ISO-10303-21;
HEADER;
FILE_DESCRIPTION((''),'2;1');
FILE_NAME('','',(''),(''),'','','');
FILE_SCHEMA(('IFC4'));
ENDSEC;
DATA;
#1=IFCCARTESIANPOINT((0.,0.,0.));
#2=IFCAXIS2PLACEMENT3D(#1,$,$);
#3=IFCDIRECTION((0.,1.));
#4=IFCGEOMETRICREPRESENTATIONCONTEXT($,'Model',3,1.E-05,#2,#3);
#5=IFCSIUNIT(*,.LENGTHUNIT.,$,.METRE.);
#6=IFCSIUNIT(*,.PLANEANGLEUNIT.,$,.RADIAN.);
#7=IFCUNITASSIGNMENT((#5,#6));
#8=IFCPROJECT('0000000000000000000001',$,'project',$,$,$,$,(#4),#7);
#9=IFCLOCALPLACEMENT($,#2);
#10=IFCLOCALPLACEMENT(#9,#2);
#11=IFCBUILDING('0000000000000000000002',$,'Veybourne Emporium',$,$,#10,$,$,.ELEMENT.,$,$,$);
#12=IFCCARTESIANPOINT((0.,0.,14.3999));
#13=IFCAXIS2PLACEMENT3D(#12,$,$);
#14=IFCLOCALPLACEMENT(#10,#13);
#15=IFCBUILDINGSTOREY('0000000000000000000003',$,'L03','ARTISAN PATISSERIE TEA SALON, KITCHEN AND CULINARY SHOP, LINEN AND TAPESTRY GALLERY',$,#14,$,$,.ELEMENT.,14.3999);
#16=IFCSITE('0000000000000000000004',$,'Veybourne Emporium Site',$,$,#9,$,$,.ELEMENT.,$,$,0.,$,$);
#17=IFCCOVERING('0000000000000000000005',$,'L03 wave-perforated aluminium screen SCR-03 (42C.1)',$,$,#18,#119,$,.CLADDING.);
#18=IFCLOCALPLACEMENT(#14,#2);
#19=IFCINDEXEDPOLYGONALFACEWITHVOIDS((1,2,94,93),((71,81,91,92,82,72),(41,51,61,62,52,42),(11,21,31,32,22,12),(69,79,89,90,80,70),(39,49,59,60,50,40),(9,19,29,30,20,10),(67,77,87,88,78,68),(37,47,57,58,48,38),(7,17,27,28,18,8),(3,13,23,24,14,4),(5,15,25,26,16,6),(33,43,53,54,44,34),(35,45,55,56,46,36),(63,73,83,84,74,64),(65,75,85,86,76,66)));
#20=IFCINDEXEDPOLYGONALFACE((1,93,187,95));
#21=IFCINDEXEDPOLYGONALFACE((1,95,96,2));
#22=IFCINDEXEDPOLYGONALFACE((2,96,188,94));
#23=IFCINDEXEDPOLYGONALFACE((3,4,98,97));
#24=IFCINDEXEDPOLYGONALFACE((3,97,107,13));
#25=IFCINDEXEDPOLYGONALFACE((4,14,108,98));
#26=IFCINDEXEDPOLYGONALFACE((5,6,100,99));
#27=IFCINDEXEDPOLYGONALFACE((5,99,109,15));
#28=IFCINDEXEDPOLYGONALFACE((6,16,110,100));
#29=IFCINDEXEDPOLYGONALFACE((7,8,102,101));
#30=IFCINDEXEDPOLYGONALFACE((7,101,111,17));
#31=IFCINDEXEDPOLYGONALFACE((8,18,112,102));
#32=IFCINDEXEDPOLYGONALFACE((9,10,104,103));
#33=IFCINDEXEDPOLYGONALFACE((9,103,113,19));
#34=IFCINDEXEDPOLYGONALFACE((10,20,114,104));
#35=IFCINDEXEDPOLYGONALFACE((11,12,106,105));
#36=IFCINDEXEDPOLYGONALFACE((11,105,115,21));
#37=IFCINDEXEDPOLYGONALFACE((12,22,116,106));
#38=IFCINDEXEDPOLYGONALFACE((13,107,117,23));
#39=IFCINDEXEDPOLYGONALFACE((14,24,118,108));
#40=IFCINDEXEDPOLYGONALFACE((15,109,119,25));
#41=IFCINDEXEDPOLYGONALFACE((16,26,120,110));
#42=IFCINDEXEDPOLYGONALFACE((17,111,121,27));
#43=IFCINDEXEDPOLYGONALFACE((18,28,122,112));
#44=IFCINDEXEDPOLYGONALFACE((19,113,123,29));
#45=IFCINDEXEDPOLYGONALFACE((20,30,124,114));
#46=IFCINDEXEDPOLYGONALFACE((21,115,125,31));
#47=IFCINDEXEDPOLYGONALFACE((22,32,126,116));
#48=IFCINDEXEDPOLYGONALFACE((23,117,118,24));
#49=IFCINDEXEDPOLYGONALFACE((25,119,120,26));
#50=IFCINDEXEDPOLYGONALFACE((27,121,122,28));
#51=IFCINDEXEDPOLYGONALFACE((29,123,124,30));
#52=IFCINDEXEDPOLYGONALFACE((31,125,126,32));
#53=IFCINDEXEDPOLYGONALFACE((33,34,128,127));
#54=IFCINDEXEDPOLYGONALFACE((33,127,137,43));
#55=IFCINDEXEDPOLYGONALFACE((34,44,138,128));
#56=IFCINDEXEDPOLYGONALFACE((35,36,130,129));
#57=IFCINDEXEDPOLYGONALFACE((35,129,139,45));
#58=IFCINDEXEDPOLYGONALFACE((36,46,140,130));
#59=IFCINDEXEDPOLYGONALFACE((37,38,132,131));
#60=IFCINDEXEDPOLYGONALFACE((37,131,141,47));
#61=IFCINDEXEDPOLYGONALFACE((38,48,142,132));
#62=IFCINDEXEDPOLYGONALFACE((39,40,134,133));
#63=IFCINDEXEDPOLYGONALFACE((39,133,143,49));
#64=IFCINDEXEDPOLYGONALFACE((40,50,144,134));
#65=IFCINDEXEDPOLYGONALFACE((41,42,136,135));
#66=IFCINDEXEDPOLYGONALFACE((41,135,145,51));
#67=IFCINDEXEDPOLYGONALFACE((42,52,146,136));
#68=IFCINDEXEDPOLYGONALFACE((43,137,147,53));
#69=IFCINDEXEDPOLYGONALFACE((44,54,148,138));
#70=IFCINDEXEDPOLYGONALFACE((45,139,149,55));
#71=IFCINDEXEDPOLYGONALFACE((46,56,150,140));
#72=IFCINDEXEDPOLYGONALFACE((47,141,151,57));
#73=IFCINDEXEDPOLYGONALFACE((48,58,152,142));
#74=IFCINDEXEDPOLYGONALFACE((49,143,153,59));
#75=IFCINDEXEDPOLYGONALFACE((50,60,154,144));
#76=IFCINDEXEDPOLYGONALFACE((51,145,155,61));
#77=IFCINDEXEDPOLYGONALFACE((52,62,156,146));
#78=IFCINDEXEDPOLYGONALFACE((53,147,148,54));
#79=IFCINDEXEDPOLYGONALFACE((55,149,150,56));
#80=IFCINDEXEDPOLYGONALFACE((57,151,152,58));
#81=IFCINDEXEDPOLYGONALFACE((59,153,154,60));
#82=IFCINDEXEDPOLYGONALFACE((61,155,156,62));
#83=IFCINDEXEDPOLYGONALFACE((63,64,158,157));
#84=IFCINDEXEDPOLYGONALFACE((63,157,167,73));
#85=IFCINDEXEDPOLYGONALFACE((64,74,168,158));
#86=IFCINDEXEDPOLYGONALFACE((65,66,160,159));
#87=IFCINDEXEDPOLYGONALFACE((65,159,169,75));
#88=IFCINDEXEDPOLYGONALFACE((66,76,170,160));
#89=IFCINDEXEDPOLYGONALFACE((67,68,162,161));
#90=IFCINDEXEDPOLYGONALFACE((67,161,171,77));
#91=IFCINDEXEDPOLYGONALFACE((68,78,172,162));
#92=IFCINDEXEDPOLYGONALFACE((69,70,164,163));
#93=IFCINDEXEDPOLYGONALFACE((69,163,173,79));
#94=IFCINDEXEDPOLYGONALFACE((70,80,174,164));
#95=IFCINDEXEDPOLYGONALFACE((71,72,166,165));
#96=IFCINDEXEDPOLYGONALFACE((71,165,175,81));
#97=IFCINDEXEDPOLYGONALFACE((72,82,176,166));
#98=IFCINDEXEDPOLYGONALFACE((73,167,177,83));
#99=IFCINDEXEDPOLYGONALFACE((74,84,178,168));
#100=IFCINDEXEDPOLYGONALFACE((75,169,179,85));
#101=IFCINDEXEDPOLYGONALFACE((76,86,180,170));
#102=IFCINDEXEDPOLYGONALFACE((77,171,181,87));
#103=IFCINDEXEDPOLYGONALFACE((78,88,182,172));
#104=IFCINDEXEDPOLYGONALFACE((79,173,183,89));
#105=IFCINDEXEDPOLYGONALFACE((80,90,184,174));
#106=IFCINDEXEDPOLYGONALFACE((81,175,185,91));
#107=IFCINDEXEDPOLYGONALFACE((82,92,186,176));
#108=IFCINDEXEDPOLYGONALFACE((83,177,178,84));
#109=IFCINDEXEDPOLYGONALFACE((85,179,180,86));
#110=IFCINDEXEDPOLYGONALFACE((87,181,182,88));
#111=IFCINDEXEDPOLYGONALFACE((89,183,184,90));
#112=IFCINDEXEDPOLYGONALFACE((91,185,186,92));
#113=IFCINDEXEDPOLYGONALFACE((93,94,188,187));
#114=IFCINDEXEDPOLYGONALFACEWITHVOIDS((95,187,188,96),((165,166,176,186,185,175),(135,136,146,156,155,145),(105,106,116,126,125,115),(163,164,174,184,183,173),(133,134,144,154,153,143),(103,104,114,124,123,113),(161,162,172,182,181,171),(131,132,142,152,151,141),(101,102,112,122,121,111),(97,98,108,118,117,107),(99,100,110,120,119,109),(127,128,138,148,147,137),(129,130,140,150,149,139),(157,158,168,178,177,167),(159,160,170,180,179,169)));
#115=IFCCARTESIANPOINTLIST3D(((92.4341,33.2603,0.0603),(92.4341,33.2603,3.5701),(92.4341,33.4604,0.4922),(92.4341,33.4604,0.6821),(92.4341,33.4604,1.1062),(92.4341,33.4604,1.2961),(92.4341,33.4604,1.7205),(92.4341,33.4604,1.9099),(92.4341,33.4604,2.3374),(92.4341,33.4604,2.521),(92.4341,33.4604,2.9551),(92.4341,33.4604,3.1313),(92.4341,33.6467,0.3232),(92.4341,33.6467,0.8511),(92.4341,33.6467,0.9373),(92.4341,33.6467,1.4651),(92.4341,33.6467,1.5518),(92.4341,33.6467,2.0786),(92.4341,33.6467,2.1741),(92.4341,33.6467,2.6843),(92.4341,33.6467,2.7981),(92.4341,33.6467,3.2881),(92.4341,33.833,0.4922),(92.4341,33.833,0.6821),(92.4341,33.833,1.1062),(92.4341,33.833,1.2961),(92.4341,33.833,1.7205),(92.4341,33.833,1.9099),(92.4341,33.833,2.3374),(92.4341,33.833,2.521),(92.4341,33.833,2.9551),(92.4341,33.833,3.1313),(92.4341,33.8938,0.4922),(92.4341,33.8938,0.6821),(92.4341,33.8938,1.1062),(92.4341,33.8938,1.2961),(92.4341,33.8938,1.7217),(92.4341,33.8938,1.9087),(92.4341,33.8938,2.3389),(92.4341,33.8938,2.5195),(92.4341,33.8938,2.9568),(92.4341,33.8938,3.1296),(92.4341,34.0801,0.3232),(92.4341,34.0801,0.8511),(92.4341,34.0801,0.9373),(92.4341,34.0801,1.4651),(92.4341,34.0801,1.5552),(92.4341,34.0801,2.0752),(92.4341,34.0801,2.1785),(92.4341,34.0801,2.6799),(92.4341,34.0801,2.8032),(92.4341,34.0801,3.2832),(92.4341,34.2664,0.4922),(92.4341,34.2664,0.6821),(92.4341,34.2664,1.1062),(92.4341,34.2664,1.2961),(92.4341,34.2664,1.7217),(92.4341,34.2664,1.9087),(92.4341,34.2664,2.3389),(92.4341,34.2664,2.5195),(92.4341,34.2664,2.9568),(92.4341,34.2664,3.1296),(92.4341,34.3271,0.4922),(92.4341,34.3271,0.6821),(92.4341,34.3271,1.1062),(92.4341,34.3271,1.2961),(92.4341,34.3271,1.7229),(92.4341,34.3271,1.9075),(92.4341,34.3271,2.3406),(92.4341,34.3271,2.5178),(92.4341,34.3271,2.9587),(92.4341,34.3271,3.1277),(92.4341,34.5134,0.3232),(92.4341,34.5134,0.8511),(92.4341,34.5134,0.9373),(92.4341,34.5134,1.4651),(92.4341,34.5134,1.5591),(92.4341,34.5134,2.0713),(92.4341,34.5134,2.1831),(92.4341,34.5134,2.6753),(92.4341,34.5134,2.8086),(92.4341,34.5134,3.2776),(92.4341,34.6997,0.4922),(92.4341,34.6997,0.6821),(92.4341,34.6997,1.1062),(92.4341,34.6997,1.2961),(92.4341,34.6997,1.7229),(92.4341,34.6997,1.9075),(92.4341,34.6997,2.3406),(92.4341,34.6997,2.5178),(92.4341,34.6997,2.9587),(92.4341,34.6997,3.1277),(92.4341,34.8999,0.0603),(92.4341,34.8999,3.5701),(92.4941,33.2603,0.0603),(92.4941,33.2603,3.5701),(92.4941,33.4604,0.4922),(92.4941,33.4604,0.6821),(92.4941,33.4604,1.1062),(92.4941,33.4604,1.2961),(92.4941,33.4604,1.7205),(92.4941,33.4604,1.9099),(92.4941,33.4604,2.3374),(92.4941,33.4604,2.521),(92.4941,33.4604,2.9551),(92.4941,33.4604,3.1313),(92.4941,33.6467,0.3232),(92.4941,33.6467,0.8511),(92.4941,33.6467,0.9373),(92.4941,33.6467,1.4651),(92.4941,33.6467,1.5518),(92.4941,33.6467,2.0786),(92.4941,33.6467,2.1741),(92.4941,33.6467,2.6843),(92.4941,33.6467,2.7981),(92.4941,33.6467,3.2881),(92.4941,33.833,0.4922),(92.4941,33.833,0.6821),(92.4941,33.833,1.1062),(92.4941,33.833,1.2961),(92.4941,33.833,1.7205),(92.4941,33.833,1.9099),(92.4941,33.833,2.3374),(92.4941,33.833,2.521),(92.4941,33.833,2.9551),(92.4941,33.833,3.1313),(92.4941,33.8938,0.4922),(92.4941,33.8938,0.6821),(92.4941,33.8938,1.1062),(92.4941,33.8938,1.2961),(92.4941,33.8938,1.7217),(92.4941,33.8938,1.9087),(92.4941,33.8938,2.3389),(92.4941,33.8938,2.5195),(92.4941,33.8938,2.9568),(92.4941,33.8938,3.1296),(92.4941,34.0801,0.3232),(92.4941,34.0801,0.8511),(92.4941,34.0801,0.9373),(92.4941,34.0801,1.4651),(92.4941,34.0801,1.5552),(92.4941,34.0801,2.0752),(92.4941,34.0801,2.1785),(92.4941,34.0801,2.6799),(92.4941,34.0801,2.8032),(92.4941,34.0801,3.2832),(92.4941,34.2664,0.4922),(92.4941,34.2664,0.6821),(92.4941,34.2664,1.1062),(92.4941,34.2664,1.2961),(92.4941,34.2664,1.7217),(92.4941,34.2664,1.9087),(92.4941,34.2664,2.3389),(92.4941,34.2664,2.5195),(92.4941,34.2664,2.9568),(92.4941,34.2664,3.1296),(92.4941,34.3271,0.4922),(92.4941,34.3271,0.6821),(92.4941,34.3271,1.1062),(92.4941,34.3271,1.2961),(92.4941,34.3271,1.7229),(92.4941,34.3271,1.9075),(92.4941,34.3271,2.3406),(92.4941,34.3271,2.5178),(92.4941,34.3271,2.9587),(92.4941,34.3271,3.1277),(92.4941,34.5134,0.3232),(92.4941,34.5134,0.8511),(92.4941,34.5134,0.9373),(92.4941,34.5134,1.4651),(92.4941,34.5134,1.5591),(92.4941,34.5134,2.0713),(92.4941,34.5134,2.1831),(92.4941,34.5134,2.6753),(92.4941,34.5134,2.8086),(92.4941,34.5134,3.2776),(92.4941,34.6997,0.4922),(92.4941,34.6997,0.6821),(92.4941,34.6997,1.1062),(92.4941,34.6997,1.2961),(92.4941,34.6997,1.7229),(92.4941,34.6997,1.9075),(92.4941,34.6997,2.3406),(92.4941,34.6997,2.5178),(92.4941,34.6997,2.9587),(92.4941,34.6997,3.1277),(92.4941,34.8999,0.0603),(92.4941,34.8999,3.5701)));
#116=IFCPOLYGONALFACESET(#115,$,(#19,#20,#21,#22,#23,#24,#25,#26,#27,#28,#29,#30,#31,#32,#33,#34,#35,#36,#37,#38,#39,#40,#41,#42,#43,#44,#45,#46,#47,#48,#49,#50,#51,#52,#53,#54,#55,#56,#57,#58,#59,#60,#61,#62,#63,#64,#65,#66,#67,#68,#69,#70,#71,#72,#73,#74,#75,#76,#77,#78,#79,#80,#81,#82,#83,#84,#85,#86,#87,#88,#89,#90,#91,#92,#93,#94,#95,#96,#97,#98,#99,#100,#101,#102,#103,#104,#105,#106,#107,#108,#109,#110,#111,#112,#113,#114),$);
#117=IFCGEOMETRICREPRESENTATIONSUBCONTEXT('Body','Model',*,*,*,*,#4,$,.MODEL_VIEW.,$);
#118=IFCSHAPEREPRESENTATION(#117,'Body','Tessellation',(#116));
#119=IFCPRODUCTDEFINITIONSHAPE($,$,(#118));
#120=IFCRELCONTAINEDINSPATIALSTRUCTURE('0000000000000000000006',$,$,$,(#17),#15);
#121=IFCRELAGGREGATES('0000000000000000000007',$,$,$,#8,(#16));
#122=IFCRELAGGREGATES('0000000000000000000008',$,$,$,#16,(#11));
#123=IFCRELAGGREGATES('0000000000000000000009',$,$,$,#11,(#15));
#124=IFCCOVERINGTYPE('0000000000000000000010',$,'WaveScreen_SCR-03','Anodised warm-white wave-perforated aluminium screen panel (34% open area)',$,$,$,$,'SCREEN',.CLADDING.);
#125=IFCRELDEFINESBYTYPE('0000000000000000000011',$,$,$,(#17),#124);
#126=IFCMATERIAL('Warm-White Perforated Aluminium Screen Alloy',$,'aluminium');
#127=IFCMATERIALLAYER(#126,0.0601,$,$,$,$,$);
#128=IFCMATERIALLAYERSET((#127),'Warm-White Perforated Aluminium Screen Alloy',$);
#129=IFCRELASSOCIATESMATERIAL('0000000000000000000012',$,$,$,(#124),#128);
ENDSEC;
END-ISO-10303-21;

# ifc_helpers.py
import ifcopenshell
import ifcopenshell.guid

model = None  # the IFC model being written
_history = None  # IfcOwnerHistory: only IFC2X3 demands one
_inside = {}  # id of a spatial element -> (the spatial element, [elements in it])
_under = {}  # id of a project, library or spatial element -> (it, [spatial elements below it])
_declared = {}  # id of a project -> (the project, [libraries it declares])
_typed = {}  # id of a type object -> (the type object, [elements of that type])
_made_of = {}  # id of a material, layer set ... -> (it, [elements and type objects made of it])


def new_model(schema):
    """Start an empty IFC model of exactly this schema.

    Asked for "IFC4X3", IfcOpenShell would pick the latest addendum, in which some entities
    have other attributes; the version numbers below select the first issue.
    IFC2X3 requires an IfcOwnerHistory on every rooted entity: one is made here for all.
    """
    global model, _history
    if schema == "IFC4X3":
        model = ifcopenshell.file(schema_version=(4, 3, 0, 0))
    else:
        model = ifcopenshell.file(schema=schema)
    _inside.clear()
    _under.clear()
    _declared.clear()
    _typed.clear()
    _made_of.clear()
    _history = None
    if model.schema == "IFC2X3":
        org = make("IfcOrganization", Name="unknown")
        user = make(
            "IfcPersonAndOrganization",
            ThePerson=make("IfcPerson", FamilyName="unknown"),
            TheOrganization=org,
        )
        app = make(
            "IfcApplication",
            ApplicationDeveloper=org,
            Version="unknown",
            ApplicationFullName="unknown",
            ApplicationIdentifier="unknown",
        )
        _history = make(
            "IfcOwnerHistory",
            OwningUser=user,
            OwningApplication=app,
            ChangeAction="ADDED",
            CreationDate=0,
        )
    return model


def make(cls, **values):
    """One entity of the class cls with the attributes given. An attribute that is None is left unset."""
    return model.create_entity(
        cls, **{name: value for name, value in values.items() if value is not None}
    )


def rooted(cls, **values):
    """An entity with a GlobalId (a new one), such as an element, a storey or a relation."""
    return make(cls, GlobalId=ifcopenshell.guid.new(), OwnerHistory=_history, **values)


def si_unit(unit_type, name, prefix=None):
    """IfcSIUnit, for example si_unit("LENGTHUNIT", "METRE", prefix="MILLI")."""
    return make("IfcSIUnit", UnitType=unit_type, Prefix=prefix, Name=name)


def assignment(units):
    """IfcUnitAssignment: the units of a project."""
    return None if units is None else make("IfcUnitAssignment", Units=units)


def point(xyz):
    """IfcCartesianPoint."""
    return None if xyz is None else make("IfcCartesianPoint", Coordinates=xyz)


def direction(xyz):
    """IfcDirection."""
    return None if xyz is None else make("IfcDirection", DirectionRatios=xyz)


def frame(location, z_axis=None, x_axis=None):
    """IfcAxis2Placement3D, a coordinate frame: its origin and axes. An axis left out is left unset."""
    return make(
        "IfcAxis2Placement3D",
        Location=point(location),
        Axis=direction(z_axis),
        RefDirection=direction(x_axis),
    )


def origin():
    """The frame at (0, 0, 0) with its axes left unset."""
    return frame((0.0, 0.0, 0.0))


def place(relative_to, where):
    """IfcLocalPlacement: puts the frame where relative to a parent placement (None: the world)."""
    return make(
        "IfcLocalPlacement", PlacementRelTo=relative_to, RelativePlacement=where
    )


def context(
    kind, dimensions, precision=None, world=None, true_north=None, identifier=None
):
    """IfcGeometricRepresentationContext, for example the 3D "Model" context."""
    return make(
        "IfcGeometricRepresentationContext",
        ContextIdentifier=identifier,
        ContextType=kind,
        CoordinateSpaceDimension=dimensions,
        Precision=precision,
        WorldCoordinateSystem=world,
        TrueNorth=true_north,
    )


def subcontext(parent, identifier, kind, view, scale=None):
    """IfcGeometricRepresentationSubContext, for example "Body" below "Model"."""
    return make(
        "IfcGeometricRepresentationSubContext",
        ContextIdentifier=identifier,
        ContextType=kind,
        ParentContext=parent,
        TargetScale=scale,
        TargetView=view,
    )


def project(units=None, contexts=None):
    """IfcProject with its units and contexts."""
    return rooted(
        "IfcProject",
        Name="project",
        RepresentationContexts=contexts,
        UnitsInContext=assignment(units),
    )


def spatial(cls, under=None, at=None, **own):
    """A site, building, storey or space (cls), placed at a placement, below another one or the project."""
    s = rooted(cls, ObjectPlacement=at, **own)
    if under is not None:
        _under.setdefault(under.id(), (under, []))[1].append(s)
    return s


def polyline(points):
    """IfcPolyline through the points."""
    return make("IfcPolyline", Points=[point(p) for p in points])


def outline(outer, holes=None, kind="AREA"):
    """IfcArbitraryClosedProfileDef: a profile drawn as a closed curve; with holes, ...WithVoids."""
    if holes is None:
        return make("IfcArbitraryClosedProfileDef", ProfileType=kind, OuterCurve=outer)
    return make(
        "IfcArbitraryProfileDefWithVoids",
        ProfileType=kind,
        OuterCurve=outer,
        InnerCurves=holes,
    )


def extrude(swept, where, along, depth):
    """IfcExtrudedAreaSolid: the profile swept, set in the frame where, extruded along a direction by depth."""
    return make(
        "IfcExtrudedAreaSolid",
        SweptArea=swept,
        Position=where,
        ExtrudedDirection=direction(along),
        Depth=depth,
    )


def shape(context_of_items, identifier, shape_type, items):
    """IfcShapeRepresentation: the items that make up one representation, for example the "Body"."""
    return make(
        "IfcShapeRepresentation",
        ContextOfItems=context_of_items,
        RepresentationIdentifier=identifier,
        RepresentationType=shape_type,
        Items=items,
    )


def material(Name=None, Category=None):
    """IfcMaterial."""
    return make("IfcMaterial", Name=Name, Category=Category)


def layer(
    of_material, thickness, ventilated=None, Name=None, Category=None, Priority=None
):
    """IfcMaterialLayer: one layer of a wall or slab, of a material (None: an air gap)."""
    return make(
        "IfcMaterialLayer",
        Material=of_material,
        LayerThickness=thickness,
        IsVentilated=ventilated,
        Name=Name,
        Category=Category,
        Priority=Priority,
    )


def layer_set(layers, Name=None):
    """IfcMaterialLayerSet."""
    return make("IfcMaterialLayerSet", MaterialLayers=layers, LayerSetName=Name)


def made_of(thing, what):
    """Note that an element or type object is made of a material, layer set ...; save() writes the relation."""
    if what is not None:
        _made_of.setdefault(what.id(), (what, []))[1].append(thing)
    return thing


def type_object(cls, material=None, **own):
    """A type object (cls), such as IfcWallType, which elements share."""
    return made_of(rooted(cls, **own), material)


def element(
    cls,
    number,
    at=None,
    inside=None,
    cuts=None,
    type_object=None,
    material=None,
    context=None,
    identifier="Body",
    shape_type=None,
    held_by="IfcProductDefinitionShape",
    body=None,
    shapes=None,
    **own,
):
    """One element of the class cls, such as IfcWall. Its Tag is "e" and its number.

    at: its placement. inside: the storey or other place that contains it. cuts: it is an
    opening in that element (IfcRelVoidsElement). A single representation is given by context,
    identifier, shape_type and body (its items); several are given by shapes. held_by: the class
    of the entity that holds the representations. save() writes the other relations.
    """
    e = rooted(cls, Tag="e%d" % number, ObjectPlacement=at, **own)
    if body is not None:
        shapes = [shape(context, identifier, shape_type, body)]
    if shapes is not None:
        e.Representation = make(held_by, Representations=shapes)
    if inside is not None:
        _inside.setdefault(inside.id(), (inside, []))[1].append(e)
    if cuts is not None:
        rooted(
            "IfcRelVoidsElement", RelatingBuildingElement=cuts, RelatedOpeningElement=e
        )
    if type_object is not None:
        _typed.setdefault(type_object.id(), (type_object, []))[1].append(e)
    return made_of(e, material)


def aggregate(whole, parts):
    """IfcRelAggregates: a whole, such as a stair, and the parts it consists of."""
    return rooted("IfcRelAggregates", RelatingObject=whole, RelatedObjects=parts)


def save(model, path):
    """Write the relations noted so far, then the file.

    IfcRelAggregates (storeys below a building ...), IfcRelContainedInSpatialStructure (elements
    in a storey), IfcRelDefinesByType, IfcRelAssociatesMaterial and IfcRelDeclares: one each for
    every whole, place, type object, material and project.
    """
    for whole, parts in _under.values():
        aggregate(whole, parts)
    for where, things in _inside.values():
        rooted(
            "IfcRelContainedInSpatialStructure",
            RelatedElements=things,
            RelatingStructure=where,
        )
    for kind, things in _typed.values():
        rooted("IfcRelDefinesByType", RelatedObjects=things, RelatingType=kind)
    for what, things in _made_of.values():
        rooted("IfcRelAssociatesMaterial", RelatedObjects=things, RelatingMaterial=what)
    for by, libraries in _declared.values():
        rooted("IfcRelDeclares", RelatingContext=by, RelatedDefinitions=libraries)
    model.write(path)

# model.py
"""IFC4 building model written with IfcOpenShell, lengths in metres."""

from ifc_helpers import new_model, si_unit, direction, frame, origin, place, context, subcontext, project, spatial, polyline, outline, extrude, material, layer, layer_set, type_object, element, save


model = new_model("IFC4")

# Units and contexts
model_context = context("Model", 3, precision=1e-05, world=origin(), true_north=direction((0.0, 1.0)))
body_context = subcontext(model_context, "Body", "Model", "MODEL_VIEW")
ifc_project = project(units=[si_unit("LENGTHUNIT", "METRE"), si_unit("PLANEANGLEUNIT", "RADIAN")], contexts=[model_context])

# Site, building, storey
site_placement = place(None, origin())
site = spatial("IfcSite", under=ifc_project, at=site_placement, Name="Veybourne Emporium Site", CompositionType="ELEMENT", RefElevation=0.0)
building_placement = place(site_placement, origin())
building = spatial("IfcBuilding", under=site, at=building_placement, Name="Veybourne Emporium", CompositionType="ELEMENT")
storey_placement = place(building_placement, frame((0.0, 0.0, 14.3999)))
storey = spatial("IfcBuildingStorey", under=building, at=storey_placement, Name="L03", Description="ARTISAN PATISSERIE TEA SALON, KITCHEN AND CULINARY SHOP, LINEN AND TAPESTRY GALLERY", CompositionType="ELEMENT", Elevation=14.3999)

# Covering
ifc_material_1 = material(Name="Warm-White Perforated Aluminium Screen Alloy", Category="aluminium")
ifc_layer_1 = layer(ifc_material_1, 0.0601)
ifc_layer_set_1 = layer_set([ifc_layer_1], Name="Warm-White Perforated Aluminium Screen Alloy")
covering_type_1 = type_object("IfcCoveringType", Name="WaveScreen_SCR-03", Description="Anodised warm-white wave-perforated aluminium screen panel (34% open area)", ElementType="SCREEN", PredefinedType="CLADDING", material=ifc_layer_set_1)
covering_1_placement = place(storey_placement, frame((92.4941, 34.0801, 1.8152), z_axis=(-1.0, 0.0, 0.0), x_axis=(0.0, -1.0, 0.0)))
element("IfcCovering", 1, at=covering_1_placement, inside=storey, type_object=covering_type_1, Name="L03 wave-perforated aluminium screen SCR-03 (42C.1)", PredefinedType="CLADDING", context=body_context, shape_type="SweptSolid", body=[
    extrude(outline(polyline([(-0.8198, -1.7549), (0.8198, -1.7549), (0.8198, 1.7549), (-0.8198, 1.7549), (-0.8198, -1.7549)]), holes=[polyline([(-0.4333, -0.9641), (-0.2471, -1.1331), (-0.2471, -1.323), (-0.4333, -1.4919), (-0.6196, -1.323), (-0.6196, -1.1331), (-0.4333, -0.9641)]), polyline([(-0.4333, -0.3501), (-0.2471, -0.519), (-0.2471, -0.709), (-0.4333, -0.8779), (-0.6196, -0.709), (-0.6196, -0.519), (-0.4333, -0.3501)]), polyline([(-0.4333, 0.2561), (-0.2471, 0.0923), (-0.2471, -0.0923), (-0.4333, -0.2561), (-0.6196, -0.0923), (-0.6196, 0.0923), (-0.4333, 0.2561)]), polyline([(-0.4333, 0.8601), (-0.2471, 0.7026), (-0.2471, 0.5254), (-0.4333, 0.3679), (-0.6196, 0.5254), (-0.6196, 0.7026), (-0.4333, 0.8601)]), polyline([(-0.4333, 1.4624), (-0.2471, 1.3125), (-0.2471, 1.1436), (-0.4333, 0.9934), (-0.6196, 1.1436), (-0.6196, 1.3125), (-0.4333, 1.4624)]), polyline([(0.0, -0.9641), (0.1863, -1.1331), (0.1863, -1.323), (0.0, -1.4919), (-0.1863, -1.323), (-0.1863, -1.1331), (0.0, -0.9641)]), polyline([(0.0, -0.3501), (0.1863, -0.519), (0.1863, -0.709), (0.0, -0.8779), (-0.1863, -0.709), (-0.1863, -0.519), (0.0, -0.3501)]), polyline([(0.0, 0.26), (0.1863, 0.0935), (0.1863, -0.0935), (0.0, -0.26), (-0.1863, -0.0935), (-0.1863, 0.0935), (0.0, 0.26)]), polyline([(0.0, 0.8647), (0.1863, 0.7043), (0.1863, 0.5237), (0.0, 0.3633), (-0.1863, 0.5237), (-0.1863, 0.7043), (0.0, 0.8647)]), polyline([(0.0, 1.468), (0.1863, 1.3145), (0.1863, 1.1416), (0.0, 0.988), (-0.1863, 1.1416), (-0.1863, 1.3145), (0.0, 1.468)]), polyline([(0.4333, -0.9641), (0.6196, -1.1331), (0.6196, -1.323), (0.4333, -1.4919), (0.2471, -1.323), (0.2471, -1.1331), (0.4333, -0.9641)]), polyline([(0.4333, -0.3501), (0.6196, -0.519), (0.6196, -0.709), (0.4333, -0.8779), (0.2471, -0.709), (0.2471, -0.519), (0.4333, -0.3501)]), polyline([(0.4333, 0.2634), (0.6196, 0.0947), (0.6196, -0.0947), (0.4333, -0.2634), (0.2471, -0.0947), (0.2471, 0.0947), (0.4333, 0.2634)]), polyline([(0.4333, 0.8691), (0.6196, 0.7058), (0.6196, 0.5222), (0.4333, 0.3589), (0.2471, 0.5222), (0.2471, 0.7058), (0.4333, 0.8691)]), polyline([(0.4333, 1.4729), (0.6196, 1.3162), (0.6196, 1.1399), (0.4333, 0.9829), (0.2471, 1.1399), (0.2471, 1.3162), (0.4333, 1.4729)])]), origin(), (0.0, 0.0, 1.0), 0.0601),
])

save(model, "model.ifc")
